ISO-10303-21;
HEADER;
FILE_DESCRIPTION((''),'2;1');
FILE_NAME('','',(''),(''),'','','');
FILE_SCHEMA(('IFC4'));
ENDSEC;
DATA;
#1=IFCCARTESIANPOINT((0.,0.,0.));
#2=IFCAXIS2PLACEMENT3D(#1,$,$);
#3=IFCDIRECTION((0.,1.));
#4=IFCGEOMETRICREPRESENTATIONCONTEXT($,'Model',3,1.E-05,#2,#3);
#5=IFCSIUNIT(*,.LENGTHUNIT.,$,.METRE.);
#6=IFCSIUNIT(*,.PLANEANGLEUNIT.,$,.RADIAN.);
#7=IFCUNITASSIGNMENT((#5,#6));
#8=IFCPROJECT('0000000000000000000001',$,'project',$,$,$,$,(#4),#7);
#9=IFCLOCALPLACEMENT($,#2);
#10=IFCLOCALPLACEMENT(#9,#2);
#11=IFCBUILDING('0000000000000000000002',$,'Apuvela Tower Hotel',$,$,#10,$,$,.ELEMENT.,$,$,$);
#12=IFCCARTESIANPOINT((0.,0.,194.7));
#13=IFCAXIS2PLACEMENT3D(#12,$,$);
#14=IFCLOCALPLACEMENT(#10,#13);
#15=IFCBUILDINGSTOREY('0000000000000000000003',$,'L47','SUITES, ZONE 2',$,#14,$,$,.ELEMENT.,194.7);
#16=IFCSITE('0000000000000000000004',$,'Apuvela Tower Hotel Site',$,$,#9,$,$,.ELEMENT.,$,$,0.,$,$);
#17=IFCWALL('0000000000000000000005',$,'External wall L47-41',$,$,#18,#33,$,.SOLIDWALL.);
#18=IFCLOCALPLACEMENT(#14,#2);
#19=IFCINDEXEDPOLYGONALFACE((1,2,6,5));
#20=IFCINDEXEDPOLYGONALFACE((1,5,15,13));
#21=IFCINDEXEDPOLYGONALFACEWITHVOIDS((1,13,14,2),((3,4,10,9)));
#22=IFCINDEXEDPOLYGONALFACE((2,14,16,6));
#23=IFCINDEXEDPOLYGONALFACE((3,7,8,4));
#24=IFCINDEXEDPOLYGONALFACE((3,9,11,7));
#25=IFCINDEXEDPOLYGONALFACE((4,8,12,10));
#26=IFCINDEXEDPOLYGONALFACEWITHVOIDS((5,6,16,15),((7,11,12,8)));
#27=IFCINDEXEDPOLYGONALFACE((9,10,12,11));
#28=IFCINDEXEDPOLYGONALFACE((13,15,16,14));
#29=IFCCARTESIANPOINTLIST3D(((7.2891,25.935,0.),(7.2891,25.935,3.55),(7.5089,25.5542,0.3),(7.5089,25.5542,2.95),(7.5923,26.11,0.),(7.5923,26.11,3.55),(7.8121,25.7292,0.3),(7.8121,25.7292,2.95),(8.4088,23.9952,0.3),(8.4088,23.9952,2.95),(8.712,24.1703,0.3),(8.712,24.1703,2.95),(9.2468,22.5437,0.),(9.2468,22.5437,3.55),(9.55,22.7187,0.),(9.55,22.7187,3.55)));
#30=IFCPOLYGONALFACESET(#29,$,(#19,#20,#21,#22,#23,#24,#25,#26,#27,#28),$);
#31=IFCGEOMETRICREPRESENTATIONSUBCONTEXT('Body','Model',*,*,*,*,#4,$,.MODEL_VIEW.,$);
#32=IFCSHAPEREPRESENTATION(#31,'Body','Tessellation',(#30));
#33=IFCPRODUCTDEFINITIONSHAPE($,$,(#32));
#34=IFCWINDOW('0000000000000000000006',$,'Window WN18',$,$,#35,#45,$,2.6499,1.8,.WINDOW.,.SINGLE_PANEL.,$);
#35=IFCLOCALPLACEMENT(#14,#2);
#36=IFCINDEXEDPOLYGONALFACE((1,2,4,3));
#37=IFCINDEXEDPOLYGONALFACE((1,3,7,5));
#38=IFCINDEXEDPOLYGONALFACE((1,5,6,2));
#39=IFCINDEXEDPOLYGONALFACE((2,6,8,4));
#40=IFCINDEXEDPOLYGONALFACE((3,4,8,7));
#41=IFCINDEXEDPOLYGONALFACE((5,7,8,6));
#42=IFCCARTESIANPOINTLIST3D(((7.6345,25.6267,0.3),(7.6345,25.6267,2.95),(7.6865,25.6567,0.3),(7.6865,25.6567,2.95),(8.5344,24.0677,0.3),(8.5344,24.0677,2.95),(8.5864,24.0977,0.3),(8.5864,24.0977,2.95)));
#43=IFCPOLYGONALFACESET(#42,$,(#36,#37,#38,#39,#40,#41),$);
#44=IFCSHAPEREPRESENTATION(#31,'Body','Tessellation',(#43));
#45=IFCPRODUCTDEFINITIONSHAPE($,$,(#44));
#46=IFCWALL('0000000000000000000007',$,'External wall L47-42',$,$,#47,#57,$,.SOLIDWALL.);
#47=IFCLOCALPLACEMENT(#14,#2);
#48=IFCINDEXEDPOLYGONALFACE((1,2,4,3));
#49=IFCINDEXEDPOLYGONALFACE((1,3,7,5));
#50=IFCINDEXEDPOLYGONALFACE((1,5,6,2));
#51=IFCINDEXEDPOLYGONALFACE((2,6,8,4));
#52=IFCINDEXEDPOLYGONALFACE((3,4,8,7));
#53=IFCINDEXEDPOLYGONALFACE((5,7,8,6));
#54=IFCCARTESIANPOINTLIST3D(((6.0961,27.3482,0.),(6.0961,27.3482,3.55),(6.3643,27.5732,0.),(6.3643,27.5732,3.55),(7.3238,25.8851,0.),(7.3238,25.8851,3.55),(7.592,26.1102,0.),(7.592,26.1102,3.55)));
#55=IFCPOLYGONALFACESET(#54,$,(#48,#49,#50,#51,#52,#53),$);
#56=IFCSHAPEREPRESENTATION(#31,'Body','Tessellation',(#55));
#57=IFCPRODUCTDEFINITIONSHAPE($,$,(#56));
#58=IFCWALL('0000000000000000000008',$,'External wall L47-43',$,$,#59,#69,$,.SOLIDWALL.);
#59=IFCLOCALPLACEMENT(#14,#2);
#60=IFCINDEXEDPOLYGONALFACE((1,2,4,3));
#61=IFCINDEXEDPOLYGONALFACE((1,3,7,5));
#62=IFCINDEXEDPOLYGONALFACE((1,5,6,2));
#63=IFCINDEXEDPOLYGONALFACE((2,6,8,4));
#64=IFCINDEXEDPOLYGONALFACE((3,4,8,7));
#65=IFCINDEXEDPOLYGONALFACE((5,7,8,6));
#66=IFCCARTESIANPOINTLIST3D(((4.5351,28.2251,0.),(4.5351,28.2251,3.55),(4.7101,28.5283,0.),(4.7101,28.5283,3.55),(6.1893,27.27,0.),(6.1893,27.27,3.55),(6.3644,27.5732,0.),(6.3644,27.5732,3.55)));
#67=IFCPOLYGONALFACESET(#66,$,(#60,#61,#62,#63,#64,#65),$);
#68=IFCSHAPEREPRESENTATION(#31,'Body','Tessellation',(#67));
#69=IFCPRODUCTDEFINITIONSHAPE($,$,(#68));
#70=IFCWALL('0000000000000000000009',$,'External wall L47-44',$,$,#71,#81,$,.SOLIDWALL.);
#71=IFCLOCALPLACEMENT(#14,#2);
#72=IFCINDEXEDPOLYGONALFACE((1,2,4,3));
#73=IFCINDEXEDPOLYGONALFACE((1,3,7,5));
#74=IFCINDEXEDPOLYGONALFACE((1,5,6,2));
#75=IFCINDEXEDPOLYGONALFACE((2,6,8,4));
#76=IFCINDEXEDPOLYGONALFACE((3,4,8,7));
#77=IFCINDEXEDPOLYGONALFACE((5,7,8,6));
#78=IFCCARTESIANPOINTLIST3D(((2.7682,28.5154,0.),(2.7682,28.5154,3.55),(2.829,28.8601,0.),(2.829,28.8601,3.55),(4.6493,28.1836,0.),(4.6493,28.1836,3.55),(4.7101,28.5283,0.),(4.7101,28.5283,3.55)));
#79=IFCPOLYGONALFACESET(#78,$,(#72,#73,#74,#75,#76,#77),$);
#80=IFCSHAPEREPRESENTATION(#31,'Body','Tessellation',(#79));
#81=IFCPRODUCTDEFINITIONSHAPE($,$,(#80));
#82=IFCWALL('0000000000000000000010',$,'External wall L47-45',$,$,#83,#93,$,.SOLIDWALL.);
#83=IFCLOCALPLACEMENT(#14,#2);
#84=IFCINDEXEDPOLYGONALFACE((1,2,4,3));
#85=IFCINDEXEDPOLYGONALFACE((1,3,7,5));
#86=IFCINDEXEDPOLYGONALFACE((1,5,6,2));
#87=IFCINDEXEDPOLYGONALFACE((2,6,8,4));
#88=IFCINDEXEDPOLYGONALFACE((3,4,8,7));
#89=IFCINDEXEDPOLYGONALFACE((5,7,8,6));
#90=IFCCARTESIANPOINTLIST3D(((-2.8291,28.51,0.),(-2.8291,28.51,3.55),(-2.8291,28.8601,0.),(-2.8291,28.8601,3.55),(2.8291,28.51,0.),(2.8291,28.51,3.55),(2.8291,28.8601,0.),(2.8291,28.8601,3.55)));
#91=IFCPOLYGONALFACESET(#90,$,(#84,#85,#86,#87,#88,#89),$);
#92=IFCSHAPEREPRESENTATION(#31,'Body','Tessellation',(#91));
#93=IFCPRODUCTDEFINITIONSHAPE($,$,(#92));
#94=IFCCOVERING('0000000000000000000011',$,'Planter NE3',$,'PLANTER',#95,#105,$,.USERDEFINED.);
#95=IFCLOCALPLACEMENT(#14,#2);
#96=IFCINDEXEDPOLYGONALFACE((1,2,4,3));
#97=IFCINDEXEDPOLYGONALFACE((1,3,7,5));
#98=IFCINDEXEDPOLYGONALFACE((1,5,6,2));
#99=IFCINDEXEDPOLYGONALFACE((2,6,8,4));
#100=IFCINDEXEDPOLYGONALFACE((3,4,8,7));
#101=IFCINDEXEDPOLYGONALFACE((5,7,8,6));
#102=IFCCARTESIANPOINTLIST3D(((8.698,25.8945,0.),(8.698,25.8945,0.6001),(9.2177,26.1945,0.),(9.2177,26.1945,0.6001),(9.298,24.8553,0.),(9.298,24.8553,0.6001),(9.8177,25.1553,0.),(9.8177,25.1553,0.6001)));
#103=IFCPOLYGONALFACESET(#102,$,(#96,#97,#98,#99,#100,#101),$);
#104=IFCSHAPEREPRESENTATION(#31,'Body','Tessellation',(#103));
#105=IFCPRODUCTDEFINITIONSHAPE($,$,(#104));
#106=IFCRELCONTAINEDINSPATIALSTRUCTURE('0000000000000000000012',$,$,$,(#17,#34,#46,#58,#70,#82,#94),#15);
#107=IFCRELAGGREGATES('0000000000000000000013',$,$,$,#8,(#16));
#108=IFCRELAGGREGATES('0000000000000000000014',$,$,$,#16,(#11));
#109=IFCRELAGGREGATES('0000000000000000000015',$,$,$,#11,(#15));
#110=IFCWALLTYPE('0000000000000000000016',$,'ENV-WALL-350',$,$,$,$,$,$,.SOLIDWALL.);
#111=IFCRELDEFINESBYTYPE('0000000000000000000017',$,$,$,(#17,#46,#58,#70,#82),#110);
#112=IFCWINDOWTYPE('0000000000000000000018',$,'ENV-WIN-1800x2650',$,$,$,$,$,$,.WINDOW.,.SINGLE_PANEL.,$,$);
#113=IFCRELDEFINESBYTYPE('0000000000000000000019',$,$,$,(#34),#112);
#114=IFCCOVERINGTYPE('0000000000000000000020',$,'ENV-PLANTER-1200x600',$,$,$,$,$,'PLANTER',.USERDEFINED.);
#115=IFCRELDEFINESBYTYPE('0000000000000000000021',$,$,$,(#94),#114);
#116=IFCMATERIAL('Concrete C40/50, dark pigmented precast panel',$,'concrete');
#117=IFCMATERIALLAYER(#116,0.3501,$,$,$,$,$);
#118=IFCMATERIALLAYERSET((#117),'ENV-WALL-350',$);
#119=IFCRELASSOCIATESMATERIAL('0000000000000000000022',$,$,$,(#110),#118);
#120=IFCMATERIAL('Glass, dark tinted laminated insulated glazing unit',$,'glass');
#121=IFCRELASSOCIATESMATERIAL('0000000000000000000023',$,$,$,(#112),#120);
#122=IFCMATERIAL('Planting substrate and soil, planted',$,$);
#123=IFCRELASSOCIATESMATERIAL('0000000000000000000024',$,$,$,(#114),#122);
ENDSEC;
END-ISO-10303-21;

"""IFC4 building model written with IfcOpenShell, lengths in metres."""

from ifc_helpers import new_model, si_unit, direction, frame, frame_2d, origin, origin_2d, place, context, subcontext, project, spatial, rectangle, extrude, material, layer, layer_set, type_object, element, fill, save


model = new_model("IFC4")

# Units and contexts
model_context = context("Model", 3, precision=1e-05, world=origin(), true_north=direction((0.0, 1.0)))
body_context = subcontext(model_context, "Body", "Model", "MODEL_VIEW")
ifc_project = project(units=[si_unit("LENGTHUNIT", "METRE"), si_unit("PLANEANGLEUNIT", "RADIAN")], contexts=[model_context])

# Site, building, storey
site_placement = place(None, origin())
site = spatial("IfcSite", under=ifc_project, at=site_placement, Name="Apuvela Tower Hotel Site", CompositionType="ELEMENT", RefElevation=0.0)
building_placement = place(site_placement, origin())
building = spatial("IfcBuilding", under=site, at=building_placement, Name="Apuvela Tower Hotel", CompositionType="ELEMENT")
storey_placement = place(building_placement, frame((0.0, 0.0, 194.7)))
storey = spatial("IfcBuildingStorey", under=building, at=storey_placement, Name="L47", Description="SUITES, ZONE 2", CompositionType="ELEMENT", Elevation=194.7)

# Shared definitions
ifc_material_1 = material(Name="Concrete C40/50, dark pigmented precast panel", Category="concrete")
ifc_layer_1 = layer(ifc_material_1, 0.3501)
ifc_layer_set_1 = layer_set([ifc_layer_1], Name="ENV-WALL-350")
wall_type_1 = type_object("IfcWallType", Name="ENV-WALL-350", PredefinedType="SOLIDWALL", material=ifc_layer_set_1)

# Wall, opening, window
wall_1_placement = place(storey_placement, frame((9.3984, 22.6311, 0.0), z_axis=(0.0, 0.0, 1.0), x_axis=(-0.499955, 0.866052, 0.0)))
wall_1 = element("IfcWall", 1, at=wall_1_placement, inside=storey, type_object=wall_type_1, Name="External wall L47-41", PredefinedType="SOLIDWALL", context=body_context, shape_type="SweptSolid", body=[
    extrude(rectangle(XDim=3.9158, YDim=0.3501, at=frame_2d((1.958, 0.0))), origin(), (0.0, 0.0, 1.0), 3.55),
])
opening_placement = place(wall_1_placement, frame((1.6763, 0.0, 0.3)))
opening = element("IfcOpeningElement", 2, at=opening_placement, cuts=wall_1, PredefinedType="OPENING", context=body_context, shape_type="SweptSolid", body=[
    extrude(rectangle(XDim=1.8, YDim=2.6499, at=frame_2d((0.8999, 1.325))), frame((0.0, 0.1851, 0.0), z_axis=(0.0, -1.0, 0.0), x_axis=(1.0, 0.0, 0.0)), (0.0, 0.0, 1.0), 0.3701),
])
ifc_material_2 = material(Name="Glass, dark tinted laminated insulated glazing unit", Category="glass")
window_type = type_object("IfcWindowType", Name="ENV-WIN-1800x2650", PartitioningType="SINGLE_PANEL", PredefinedType="WINDOW", material=ifc_material_2)
window_placement = place(opening_placement, origin())
window = element("IfcWindow", 3, at=window_placement, inside=storey, type_object=window_type, Name="Window WN18", OverallHeight=2.6499, OverallWidth=1.8, PartitioningType="SINGLE_PANEL", PredefinedType="WINDOW", context=body_context, shape_type="SweptSolid", body=[
    extrude(rectangle(XDim=1.8, YDim=2.6499, at=frame_2d((0.8999, 1.325))), frame((0.0, 0.03, 0.0), z_axis=(0.0, -1.0, 0.0), x_axis=(1.0, 0.0, 0.0)), (0.0, 0.0, 1.0), 0.0601),
])
fill(opening, window)

# Walls
wall_2_placement = place(storey_placement, frame((7.458, 25.9976, 0.0), z_axis=(0.0, 0.0, 1.0), x_axis=(-0.642808, 0.766027, 0.0)))
element("IfcWall", 4, at=wall_2_placement, inside=storey, type_object=wall_type_1, Name="External wall L47-42", PredefinedType="SOLIDWALL", context=body_context, shape_type="SweptSolid", body=[
    extrude(rectangle(XDim=1.9099, YDim=0.3501, at=frame_2d((0.9551, 0.0))), origin(), (0.0, 0.0, 1.0), 3.55),
])
for number, where, z_axis, x_axis, name in (
    (5, (6.2769, 27.4216, 0.0), (0.0, 0.0, 1.0), (-0.866032, 0.499988, 0.0), "External wall L47-43"),
    (6, (4.6797, 28.356, 0.0), (0.0, 0.0, 1.0), (-0.984799, 0.173698, 0.0), "External wall L47-44"),
):
    element("IfcWall", number, at=place(storey_placement, frame(where, z_axis=z_axis, x_axis=x_axis)), inside=storey, type_object=wall_type_1, Name=name, PredefinedType="SOLIDWALL", context=body_context, shape_type="SweptSolid", body=[
        extrude(rectangle(XDim=1.9102, YDim=0.3501, at=frame_2d((0.9551, 0.0))), origin(), (0.0, 0.0, 1.0), 3.55),
    ])
wall_3_placement = place(storey_placement, frame((2.8291, 28.6851, 0.0), z_axis=(0.0, 0.0, 1.0), x_axis=(-1.0, 0.0, 0.0)))
element("IfcWall", 7, at=wall_3_placement, inside=storey, type_object=wall_type_1, Name="External wall L47-45", PredefinedType="SOLIDWALL", context=body_context, shape_type="SweptSolid", body=[
    extrude(rectangle(XDim=5.6582, YDim=0.3501, at=frame_2d((2.8291, 0.0))), origin(), (0.0, 0.0, 1.0), 3.55),
])

# Covering
ifc_material_3 = material(Name="Planting substrate and soil, planted")
covering_type = type_object("IfcCoveringType", Name="ENV-PLANTER-1200x600", ElementType="PLANTER", PredefinedType="USERDEFINED", material=ifc_material_3)
covering_placement = place(storey_placement, frame((9.2578, 25.5249, 0.0), z_axis=(0.0, 0.0, 1.0), x_axis=(-0.5, 0.866025, 0.0)))
element("IfcCovering", 8, at=covering_placement, inside=storey, type_object=covering_type, Name="Planter NE3", ObjectType="PLANTER", PredefinedType="USERDEFINED", context=body_context, shape_type="SweptSolid", body=[
    extrude(rectangle(XDim=1.2, YDim=0.6001, at=origin_2d()), origin(), (0.0, 0.0, 1.0), 0.6001),
])

save(model, "model.ifc")
